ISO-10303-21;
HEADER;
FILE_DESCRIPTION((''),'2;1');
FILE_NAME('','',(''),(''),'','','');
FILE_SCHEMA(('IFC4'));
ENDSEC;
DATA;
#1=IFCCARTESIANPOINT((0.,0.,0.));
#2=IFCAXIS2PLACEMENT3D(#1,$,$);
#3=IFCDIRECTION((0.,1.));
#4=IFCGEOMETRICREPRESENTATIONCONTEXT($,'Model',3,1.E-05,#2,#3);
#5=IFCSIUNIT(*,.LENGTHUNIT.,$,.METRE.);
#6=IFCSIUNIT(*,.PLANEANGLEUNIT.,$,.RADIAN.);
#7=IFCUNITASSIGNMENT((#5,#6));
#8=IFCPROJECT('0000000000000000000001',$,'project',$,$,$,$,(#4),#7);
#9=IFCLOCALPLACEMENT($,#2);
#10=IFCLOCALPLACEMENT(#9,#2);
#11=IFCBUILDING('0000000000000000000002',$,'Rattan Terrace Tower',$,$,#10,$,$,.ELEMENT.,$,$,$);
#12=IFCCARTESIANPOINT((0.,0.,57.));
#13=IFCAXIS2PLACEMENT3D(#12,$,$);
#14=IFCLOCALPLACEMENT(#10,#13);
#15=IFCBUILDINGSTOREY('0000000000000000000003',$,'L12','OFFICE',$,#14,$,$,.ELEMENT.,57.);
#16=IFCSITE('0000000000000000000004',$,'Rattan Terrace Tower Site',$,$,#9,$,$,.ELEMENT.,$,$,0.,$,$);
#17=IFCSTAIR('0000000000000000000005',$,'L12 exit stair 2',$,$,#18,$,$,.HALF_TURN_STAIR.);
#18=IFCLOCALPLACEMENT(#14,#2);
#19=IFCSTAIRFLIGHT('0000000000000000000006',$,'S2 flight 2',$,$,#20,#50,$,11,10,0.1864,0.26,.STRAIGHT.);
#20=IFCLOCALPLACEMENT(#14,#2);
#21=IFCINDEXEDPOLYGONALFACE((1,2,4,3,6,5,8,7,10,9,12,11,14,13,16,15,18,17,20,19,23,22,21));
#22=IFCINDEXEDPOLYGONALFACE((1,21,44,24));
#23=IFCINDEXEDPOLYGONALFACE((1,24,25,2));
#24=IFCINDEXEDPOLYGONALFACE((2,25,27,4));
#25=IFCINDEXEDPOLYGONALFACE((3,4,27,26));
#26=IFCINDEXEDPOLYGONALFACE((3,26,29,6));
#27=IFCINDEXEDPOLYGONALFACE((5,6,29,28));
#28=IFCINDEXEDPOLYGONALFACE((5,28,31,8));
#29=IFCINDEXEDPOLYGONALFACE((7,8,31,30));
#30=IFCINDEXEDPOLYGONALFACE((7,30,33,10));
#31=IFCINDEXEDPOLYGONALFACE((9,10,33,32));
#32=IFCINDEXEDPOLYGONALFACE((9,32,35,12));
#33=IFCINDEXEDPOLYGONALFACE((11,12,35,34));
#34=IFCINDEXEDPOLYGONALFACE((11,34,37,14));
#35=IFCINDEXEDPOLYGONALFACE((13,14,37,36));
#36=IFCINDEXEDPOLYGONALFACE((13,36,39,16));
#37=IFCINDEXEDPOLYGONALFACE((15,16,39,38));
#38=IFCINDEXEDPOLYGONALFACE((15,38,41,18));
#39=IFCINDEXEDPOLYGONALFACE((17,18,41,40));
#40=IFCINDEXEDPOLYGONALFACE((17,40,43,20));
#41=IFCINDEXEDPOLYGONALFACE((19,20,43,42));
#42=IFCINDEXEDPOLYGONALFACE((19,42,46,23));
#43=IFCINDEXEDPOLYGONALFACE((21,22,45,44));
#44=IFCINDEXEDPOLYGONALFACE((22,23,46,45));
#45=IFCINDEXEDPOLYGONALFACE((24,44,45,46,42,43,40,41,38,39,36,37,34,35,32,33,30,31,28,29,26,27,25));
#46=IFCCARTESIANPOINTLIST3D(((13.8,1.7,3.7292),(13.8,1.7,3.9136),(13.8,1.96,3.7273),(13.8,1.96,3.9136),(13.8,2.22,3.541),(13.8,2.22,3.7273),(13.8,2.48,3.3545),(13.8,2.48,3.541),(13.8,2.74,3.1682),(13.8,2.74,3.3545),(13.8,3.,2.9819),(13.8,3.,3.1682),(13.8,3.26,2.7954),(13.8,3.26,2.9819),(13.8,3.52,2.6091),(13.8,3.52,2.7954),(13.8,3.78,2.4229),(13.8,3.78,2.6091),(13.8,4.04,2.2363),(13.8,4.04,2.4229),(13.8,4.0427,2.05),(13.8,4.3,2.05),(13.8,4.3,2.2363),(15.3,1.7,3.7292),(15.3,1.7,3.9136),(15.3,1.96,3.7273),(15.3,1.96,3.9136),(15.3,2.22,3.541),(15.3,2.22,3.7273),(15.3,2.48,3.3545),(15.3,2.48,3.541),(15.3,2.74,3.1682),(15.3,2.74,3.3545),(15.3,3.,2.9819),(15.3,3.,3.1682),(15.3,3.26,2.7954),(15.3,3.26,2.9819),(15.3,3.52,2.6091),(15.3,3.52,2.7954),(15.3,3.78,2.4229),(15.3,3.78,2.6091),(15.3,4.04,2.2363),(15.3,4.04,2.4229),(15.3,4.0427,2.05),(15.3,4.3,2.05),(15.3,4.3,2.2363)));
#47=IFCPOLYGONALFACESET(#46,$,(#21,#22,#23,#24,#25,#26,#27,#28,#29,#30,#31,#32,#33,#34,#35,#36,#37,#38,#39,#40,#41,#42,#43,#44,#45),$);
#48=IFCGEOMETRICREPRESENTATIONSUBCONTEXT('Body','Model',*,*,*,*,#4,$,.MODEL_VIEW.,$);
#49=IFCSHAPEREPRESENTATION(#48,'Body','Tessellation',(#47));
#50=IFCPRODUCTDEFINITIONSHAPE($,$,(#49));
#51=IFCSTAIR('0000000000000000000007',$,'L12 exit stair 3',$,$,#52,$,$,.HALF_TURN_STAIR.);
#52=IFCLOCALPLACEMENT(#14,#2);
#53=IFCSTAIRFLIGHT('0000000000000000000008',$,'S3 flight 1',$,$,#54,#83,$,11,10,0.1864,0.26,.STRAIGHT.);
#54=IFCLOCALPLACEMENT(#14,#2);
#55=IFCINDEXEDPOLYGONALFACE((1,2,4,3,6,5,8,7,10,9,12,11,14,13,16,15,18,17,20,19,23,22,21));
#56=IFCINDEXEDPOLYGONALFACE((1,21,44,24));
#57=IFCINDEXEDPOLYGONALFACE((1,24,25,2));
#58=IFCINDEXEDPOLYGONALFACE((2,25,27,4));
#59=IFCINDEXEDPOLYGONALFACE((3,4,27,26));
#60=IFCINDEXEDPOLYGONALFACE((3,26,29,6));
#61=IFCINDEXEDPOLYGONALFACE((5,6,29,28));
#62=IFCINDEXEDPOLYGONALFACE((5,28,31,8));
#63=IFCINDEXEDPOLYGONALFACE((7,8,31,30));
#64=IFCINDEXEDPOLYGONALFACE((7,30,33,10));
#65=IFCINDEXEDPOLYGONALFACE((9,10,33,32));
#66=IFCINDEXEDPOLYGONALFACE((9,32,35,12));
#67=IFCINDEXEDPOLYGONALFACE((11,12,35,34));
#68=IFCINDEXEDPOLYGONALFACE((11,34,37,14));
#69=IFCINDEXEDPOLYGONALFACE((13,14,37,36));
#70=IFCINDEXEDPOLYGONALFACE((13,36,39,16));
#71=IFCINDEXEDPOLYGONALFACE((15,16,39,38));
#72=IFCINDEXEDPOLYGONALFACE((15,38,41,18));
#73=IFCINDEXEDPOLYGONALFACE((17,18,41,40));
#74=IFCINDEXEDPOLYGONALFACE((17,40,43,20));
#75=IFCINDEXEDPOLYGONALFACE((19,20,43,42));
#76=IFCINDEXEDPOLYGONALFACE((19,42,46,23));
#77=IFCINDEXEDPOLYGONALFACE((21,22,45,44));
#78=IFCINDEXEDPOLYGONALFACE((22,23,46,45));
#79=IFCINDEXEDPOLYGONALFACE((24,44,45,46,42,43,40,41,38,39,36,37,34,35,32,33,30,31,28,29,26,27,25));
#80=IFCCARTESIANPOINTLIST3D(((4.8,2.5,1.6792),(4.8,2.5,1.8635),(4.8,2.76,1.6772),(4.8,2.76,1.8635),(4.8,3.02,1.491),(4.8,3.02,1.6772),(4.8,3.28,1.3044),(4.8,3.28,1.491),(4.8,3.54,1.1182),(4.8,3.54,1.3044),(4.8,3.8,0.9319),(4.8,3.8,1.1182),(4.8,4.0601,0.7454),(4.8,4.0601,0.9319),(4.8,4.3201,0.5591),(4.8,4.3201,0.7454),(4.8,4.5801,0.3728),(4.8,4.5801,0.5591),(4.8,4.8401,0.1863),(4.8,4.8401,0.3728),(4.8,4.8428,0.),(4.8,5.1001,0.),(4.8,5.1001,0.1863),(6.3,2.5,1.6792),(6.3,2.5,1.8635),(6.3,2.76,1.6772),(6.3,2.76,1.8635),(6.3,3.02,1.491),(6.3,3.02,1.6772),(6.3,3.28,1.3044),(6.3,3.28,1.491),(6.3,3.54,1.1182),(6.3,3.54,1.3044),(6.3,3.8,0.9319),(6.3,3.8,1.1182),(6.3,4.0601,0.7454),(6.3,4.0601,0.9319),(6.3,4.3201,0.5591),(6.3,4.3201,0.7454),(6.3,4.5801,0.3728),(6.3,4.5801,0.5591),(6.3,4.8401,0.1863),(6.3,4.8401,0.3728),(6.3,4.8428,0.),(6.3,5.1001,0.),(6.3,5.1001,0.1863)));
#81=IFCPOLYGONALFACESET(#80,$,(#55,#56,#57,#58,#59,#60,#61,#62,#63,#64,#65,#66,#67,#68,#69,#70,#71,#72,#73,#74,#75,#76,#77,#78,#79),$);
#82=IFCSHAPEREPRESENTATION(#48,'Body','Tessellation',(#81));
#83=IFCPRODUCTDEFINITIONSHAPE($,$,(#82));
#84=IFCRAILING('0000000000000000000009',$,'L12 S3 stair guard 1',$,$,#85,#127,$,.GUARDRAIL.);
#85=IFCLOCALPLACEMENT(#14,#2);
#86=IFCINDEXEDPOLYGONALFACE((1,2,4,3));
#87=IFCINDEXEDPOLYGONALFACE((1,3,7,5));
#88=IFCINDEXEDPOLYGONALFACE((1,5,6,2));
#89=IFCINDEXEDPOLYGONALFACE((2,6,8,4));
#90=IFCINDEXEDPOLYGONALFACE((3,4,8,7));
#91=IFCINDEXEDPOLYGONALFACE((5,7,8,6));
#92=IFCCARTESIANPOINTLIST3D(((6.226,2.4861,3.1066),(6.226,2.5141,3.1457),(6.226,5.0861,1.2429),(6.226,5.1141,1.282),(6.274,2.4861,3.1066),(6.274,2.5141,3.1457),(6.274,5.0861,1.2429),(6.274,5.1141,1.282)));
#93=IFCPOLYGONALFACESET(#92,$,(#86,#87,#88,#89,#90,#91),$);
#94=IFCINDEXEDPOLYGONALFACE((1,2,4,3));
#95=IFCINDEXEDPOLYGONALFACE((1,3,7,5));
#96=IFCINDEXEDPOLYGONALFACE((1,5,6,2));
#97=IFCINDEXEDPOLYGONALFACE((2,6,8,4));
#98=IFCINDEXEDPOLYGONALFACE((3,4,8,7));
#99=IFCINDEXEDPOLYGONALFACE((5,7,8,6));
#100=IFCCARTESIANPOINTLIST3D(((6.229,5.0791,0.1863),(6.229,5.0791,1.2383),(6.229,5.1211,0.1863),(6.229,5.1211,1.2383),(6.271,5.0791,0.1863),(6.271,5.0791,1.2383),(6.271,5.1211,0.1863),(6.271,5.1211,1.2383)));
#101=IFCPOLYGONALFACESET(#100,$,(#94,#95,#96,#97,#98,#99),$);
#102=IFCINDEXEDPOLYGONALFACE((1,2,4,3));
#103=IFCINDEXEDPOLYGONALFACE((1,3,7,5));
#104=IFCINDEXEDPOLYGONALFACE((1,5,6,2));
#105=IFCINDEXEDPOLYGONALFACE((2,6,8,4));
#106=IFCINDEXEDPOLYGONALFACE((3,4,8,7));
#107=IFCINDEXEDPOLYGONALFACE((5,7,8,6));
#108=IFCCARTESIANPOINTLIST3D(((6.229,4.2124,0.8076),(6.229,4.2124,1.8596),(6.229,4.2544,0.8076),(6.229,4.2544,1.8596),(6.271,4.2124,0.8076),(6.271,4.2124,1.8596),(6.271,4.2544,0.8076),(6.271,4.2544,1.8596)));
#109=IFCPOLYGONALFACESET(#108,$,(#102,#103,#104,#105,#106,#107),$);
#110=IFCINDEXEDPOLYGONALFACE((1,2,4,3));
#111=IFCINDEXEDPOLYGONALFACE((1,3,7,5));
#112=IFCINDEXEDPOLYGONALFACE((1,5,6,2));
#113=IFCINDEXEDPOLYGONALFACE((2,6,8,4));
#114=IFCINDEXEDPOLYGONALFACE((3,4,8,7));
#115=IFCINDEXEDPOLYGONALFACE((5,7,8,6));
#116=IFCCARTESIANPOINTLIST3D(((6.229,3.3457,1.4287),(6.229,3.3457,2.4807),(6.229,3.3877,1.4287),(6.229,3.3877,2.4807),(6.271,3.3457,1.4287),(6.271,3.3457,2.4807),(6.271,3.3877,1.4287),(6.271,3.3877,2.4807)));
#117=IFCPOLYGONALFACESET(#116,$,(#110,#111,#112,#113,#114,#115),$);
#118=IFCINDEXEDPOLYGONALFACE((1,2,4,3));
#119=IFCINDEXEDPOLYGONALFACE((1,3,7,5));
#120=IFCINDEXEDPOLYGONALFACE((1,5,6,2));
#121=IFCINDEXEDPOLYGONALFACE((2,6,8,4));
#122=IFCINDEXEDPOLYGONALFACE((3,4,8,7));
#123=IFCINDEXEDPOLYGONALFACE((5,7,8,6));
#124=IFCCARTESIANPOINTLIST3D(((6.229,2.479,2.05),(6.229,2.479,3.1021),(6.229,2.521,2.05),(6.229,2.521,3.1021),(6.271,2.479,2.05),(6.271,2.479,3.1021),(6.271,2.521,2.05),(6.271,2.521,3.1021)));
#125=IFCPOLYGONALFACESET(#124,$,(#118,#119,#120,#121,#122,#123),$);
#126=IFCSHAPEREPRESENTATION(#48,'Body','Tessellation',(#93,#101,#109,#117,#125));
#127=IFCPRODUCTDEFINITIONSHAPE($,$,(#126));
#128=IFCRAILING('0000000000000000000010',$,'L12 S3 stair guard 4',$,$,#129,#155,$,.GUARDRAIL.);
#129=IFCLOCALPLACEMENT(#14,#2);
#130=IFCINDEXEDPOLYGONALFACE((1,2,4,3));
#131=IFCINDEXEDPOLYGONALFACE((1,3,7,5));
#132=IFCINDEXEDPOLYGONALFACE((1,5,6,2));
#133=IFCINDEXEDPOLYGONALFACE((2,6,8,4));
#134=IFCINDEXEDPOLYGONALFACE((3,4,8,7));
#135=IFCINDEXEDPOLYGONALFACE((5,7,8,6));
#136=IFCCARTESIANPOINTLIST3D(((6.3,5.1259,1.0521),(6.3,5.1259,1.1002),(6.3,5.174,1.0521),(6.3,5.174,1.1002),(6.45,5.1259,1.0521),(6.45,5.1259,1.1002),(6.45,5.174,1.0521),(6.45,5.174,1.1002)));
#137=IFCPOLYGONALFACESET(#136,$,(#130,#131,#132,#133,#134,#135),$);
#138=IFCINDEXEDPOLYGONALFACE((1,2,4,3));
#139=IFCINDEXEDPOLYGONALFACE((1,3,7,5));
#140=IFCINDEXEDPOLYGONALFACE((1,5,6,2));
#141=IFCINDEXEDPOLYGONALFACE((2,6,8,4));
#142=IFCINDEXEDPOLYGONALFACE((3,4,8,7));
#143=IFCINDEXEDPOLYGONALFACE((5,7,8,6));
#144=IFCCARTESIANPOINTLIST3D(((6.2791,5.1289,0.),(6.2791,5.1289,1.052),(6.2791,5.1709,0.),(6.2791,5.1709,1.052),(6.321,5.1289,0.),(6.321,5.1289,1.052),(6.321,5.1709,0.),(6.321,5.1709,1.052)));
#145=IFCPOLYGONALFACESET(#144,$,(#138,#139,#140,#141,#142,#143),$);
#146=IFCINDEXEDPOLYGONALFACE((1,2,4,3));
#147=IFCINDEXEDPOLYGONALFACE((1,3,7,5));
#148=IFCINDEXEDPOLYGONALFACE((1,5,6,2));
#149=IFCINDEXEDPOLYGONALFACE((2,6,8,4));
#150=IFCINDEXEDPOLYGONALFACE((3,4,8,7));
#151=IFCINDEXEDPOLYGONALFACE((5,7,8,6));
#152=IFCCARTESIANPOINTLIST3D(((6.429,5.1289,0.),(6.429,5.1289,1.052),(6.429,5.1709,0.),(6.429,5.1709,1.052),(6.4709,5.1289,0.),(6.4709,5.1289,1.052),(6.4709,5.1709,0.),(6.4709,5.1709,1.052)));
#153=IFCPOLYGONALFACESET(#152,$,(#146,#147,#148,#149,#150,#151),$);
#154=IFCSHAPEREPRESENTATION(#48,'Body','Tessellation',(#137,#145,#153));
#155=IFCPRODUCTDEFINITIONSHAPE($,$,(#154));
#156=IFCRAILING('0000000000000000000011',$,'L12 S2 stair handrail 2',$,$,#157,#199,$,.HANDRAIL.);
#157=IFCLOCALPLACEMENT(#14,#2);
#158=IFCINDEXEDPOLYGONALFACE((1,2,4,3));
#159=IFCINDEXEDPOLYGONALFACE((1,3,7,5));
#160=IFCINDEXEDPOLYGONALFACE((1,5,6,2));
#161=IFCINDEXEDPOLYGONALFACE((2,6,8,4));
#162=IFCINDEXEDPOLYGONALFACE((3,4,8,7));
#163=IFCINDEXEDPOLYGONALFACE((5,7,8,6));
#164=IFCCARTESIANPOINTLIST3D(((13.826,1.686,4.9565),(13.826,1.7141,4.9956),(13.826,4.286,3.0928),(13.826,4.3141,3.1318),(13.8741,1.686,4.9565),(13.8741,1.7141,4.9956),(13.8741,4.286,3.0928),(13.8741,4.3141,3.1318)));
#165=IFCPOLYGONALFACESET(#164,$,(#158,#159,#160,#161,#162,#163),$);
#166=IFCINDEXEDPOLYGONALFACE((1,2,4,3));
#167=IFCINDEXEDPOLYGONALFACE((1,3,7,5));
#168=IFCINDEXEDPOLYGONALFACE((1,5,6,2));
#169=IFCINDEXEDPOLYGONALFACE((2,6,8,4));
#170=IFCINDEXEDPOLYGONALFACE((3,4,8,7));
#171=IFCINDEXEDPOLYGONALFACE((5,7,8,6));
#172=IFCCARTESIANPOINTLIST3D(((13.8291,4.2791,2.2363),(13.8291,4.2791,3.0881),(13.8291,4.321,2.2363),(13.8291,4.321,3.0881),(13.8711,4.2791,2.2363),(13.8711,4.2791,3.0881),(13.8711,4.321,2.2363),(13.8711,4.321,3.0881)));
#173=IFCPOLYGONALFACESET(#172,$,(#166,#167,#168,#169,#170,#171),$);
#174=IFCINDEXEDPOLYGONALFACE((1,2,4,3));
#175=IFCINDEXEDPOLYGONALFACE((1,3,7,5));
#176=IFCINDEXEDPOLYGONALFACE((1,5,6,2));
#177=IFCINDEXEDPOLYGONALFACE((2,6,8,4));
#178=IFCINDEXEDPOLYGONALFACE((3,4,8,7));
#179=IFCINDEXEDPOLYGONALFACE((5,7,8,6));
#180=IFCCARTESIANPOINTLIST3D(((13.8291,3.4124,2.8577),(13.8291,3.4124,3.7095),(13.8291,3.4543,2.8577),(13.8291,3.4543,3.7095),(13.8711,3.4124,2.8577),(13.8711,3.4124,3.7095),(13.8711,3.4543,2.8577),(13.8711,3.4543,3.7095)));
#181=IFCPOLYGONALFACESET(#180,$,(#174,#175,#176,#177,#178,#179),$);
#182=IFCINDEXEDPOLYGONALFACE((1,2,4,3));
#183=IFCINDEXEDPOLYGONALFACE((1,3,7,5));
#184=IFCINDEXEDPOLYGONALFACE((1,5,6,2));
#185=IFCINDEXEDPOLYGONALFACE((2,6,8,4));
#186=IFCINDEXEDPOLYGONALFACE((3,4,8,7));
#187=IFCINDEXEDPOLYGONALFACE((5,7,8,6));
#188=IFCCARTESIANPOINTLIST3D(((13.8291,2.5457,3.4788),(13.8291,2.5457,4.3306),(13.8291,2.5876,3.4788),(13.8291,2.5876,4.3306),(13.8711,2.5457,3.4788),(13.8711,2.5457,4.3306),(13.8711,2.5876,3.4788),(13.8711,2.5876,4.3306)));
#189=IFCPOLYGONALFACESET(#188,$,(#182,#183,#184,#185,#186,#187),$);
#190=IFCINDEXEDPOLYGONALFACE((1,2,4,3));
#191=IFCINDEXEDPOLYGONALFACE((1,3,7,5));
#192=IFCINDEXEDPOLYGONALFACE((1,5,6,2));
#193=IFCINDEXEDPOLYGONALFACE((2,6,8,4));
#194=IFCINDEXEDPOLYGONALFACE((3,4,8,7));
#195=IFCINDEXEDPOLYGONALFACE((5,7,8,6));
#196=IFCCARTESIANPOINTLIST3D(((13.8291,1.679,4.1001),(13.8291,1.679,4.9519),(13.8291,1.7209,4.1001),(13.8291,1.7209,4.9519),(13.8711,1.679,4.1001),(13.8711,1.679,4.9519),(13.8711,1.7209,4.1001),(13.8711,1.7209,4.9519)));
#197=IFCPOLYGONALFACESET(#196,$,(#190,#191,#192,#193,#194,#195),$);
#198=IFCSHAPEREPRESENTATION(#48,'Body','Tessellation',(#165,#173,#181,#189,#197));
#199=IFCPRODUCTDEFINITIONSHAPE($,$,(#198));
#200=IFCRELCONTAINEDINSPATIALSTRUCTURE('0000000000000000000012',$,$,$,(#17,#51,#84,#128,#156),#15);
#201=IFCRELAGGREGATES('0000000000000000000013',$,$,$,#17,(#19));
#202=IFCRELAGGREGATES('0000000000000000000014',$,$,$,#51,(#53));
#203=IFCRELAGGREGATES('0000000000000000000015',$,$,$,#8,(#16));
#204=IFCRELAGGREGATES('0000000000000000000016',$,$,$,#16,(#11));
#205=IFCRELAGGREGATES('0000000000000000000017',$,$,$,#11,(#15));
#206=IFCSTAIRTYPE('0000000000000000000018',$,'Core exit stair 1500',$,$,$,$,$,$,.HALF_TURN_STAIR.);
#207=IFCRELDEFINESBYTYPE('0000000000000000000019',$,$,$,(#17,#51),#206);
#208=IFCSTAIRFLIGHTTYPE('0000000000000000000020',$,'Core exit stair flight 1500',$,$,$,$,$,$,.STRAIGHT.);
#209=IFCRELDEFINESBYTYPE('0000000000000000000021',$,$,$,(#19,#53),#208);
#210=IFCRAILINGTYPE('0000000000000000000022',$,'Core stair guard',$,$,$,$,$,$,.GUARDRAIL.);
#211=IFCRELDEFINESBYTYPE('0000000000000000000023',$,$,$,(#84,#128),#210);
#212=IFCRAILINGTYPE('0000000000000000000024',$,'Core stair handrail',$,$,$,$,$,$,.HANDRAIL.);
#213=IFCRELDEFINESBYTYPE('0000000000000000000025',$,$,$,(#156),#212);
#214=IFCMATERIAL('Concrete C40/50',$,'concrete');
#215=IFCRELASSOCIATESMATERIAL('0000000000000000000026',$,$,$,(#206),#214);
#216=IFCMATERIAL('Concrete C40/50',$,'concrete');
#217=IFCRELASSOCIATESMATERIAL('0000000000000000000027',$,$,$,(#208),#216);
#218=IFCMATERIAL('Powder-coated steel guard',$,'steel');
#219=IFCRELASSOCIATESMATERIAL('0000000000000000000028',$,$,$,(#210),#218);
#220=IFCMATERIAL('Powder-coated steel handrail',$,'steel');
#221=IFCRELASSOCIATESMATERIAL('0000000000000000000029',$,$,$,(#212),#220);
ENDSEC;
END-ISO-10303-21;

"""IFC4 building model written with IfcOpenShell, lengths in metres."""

from ifc_helpers import new_model, si_unit, direction, frame, origin, origin_2d, place, context, subcontext, project, spatial, polyline, rectangle, outline, extrude, material, type_object, element, aggregate, save


model = new_model("IFC4")

# Units and contexts
model_context = context("Model", 3, precision=1e-05, world=origin(), true_north=direction((0.0, 1.0)))
body_context = subcontext(model_context, "Body", "Model", "MODEL_VIEW")
ifc_project = project(units=[si_unit("LENGTHUNIT", "METRE"), si_unit("PLANEANGLEUNIT", "RADIAN")], contexts=[model_context])

# Site, building, storey
site_placement = place(None, origin())
site = spatial("IfcSite", under=ifc_project, at=site_placement, Name="Rattan Terrace Tower Site", CompositionType="ELEMENT", RefElevation=0.0)
building_placement = place(site_placement, origin())
building = spatial("IfcBuilding", under=site, at=building_placement, Name="Rattan Terrace Tower", CompositionType="ELEMENT")
storey_placement = place(building_placement, frame((0.0, 0.0, 57.0)))
storey = spatial("IfcBuildingStorey", under=building, at=storey_placement, Name="L12", Description="OFFICE", CompositionType="ELEMENT", Elevation=57.0)

# Stairs, stair flights
ifc_material_1 = material(Name="Concrete C40/50", Category="concrete")
stair_type = type_object("IfcStairType", Name="Core exit stair 1500", PredefinedType="HALF_TURN_STAIR", material=ifc_material_1)
stair_1_placement = place(storey_placement, origin())
stair_1 = element("IfcStair", 1, at=stair_1_placement, inside=storey, type_object=stair_type, Name="L12 exit stair 2", PredefinedType="HALF_TURN_STAIR")
ifc_material_2 = material(Name="Concrete C40/50", Category="concrete")
stair_flight_type = type_object("IfcStairFlightType", Name="Core exit stair flight 1500", PredefinedType="STRAIGHT", material=ifc_material_2)
stair_flight_1_placement = place(storey_placement, frame((14.55, 4.3, 2.05), z_axis=(0.0, 0.0, 1.0), x_axis=(0.0, -1.0, 0.0)))
stair_flight_1 = element("IfcStairFlight", 2, at=stair_flight_1_placement, type_object=stair_flight_type, Name="S2 flight 2", NumberOfRisers=11, NumberOfTreads=10, PredefinedType="STRAIGHT", RiserHeight=0.1864, TreadLength=0.26, context=body_context, shape_type="SweptSolid", body=[
    extrude(outline(polyline([(0.0, 0.0), (0.0, 0.1863), (0.26, 0.1863), (0.26, 0.3728), (0.52, 0.3728), (0.52, 0.5591), (0.78, 0.5591), (0.78, 0.7454), (1.04, 0.7454), (1.04, 0.9319), (1.3, 0.9319), (1.3, 1.1182), (1.5601, 1.1182), (1.5601, 1.3044), (1.8201, 1.3044), (1.8201, 1.491), (2.0801, 1.491), (2.0801, 1.6772), (2.3401, 1.6772), (2.3401, 1.8635), (2.6001, 1.8635), (2.6001, 2.05), (2.6001, 1.6792), (0.2573, 0.0), (0.0, 0.0)])), frame((0.0, 0.75, 0.0), z_axis=(0.0, -1.0, 0.0), x_axis=(1.0, 0.0, 0.0)), (0.0, 0.0, 1.0), 1.5),
])
aggregate(stair_1, [stair_flight_1])
stair_2_placement = place(storey_placement, origin())
stair_2 = element("IfcStair", 3, at=stair_2_placement, inside=storey, type_object=stair_type, Name="L12 exit stair 3", PredefinedType="HALF_TURN_STAIR")
stair_flight_2_placement = place(storey_placement, frame((5.55, 5.1001, 0.0), z_axis=(0.0, 0.0, 1.0), x_axis=(0.0, -1.0, 0.0)))
stair_flight_2 = element("IfcStairFlight", 4, at=stair_flight_2_placement, type_object=stair_flight_type, Name="S3 flight 1", NumberOfRisers=11, NumberOfTreads=10, PredefinedType="STRAIGHT", RiserHeight=0.1864, TreadLength=0.26, context=body_context, shape_type="SweptSolid", body=[
    extrude(outline(polyline([(0.0, 0.0), (0.0, 0.1863), (0.26, 0.1863), (0.26, 0.3728), (0.52, 0.3728), (0.52, 0.5591), (0.78, 0.5591), (0.78, 0.7454), (1.04, 0.7454), (1.04, 0.9319), (1.3, 0.9319), (1.3, 1.1182), (1.5601, 1.1182), (1.5601, 1.3044), (1.8201, 1.3044), (1.8201, 1.491), (2.0801, 1.491), (2.0801, 1.6772), (2.3401, 1.6772), (2.3401, 1.8635), (2.6001, 1.8635), (2.6001, 2.05), (2.6001, 1.6792), (0.2573, 0.0), (0.0, 0.0)])), frame((0.0, 0.75, 0.0), z_axis=(0.0, -1.0, 0.0), x_axis=(1.0, 0.0, 0.0)), (0.0, 0.0, 1.0), 1.5),
])
aggregate(stair_2, [stair_flight_2])

# Railings
ifc_material_3 = material(Name="Powder-coated steel guard", Category="steel")
railing_type_1 = type_object("IfcRailingType", Name="Core stair guard", PredefinedType="GUARDRAIL", material=ifc_material_3)
railing_1_placement = place(storey_placement, frame((6.25, 5.1001, 0.1863)))
element("IfcRailing", 5, at=railing_1_placement, inside=storey, type_object=railing_type_1, Name="L12 S3 stair guard 1", PredefinedType="GUARDRAIL", context=body_context, shape_type="SweptSolid", body=[
    extrude(rectangle(XDim=0.0481, YDim=0.0481, at=origin_2d()), frame((0.0, 0.0, 1.0762), z_axis=(0.0, -0.812763, 0.582595), x_axis=(1.0, 0.0, 0.0)), (0.0, 0.0, 1.0), 3.199),
    extrude(rectangle(XDim=0.042, YDim=0.042, at=origin_2d()), origin(), (0.0, 0.0, 1.0), 1.052),
    extrude(rectangle(XDim=0.042, YDim=0.042, at=origin_2d()), frame((0.0, -0.8667, 0.6213)), (0.0, 0.0, 1.0), 1.052),
    extrude(rectangle(XDim=0.042, YDim=0.042, at=origin_2d()), frame((0.0, -1.7334, 1.2424)), (0.0, 0.0, 1.0), 1.052),
    extrude(rectangle(XDim=0.042, YDim=0.042, at=origin_2d()), frame((0.0, -2.6001, 1.8638)), (0.0, 0.0, 1.0), 1.052),
])
railing_2_placement = place(storey_placement, frame((6.3, 5.1499, 0.0)))
element("IfcRailing", 6, at=railing_2_placement, inside=storey, type_object=railing_type_1, Name="L12 S3 stair guard 4", PredefinedType="GUARDRAIL", context=body_context, shape_type="SweptSolid", body=[
    extrude(rectangle(XDim=0.0481, YDim=0.0481, at=origin_2d()), frame((0.0, 0.0, 1.0762), z_axis=(1.0, 0.0, 0.0), x_axis=(0.0, 1.0, 0.0)), (0.0, 0.0, 1.0), 0.1499),
    extrude(rectangle(XDim=0.042, YDim=0.042, at=origin_2d()), origin(), (0.0, 0.0, 1.0), 1.052),
    extrude(rectangle(XDim=0.042, YDim=0.042, at=origin_2d()), frame((0.1499, 0.0, 0.0)), (0.0, 0.0, 1.0), 1.052),
])
ifc_material_4 = material(Name="Powder-coated steel handrail", Category="steel")
railing_type_2 = type_object("IfcRailingType", Name="Core stair handrail", PredefinedType="HANDRAIL", material=ifc_material_4)
for number, where, name in (
    (7, (13.8501, 4.3, 2.2363), "L12 S2 stair handrail 2"),
):
    element("IfcRailing", number, at=place(storey_placement, frame(where)), inside=storey, type_object=railing_type_2, Name=name, PredefinedType="HANDRAIL", context=body_context, shape_type="SweptSolid", body=[
        extrude(rectangle(XDim=0.0481, YDim=0.0481, at=origin_2d()), frame((0.0, 0.0, 0.876), z_axis=(0.0, -0.812763, 0.582595), x_axis=(1.0, 0.0, 0.0)), (0.0, 0.0, 1.0), 3.199),
        extrude(rectangle(XDim=0.042, YDim=0.042, at=origin_2d()), origin(), (0.0, 0.0, 1.0), 0.8518),
        extrude(rectangle(XDim=0.042, YDim=0.042, at=origin_2d()), frame((0.0, -0.8667, 0.6213)), (0.0, 0.0, 1.0), 0.8518),
        extrude(rectangle(XDim=0.042, YDim=0.042, at=origin_2d()), frame((0.0, -1.7334, 1.2424)), (0.0, 0.0, 1.0), 0.8518),
        extrude(rectangle(XDim=0.042, YDim=0.042, at=origin_2d()), frame((0.0, -2.6001, 1.8638)), (0.0, 0.0, 1.0), 0.8518),
    ])

save(model, "model.ifc")
